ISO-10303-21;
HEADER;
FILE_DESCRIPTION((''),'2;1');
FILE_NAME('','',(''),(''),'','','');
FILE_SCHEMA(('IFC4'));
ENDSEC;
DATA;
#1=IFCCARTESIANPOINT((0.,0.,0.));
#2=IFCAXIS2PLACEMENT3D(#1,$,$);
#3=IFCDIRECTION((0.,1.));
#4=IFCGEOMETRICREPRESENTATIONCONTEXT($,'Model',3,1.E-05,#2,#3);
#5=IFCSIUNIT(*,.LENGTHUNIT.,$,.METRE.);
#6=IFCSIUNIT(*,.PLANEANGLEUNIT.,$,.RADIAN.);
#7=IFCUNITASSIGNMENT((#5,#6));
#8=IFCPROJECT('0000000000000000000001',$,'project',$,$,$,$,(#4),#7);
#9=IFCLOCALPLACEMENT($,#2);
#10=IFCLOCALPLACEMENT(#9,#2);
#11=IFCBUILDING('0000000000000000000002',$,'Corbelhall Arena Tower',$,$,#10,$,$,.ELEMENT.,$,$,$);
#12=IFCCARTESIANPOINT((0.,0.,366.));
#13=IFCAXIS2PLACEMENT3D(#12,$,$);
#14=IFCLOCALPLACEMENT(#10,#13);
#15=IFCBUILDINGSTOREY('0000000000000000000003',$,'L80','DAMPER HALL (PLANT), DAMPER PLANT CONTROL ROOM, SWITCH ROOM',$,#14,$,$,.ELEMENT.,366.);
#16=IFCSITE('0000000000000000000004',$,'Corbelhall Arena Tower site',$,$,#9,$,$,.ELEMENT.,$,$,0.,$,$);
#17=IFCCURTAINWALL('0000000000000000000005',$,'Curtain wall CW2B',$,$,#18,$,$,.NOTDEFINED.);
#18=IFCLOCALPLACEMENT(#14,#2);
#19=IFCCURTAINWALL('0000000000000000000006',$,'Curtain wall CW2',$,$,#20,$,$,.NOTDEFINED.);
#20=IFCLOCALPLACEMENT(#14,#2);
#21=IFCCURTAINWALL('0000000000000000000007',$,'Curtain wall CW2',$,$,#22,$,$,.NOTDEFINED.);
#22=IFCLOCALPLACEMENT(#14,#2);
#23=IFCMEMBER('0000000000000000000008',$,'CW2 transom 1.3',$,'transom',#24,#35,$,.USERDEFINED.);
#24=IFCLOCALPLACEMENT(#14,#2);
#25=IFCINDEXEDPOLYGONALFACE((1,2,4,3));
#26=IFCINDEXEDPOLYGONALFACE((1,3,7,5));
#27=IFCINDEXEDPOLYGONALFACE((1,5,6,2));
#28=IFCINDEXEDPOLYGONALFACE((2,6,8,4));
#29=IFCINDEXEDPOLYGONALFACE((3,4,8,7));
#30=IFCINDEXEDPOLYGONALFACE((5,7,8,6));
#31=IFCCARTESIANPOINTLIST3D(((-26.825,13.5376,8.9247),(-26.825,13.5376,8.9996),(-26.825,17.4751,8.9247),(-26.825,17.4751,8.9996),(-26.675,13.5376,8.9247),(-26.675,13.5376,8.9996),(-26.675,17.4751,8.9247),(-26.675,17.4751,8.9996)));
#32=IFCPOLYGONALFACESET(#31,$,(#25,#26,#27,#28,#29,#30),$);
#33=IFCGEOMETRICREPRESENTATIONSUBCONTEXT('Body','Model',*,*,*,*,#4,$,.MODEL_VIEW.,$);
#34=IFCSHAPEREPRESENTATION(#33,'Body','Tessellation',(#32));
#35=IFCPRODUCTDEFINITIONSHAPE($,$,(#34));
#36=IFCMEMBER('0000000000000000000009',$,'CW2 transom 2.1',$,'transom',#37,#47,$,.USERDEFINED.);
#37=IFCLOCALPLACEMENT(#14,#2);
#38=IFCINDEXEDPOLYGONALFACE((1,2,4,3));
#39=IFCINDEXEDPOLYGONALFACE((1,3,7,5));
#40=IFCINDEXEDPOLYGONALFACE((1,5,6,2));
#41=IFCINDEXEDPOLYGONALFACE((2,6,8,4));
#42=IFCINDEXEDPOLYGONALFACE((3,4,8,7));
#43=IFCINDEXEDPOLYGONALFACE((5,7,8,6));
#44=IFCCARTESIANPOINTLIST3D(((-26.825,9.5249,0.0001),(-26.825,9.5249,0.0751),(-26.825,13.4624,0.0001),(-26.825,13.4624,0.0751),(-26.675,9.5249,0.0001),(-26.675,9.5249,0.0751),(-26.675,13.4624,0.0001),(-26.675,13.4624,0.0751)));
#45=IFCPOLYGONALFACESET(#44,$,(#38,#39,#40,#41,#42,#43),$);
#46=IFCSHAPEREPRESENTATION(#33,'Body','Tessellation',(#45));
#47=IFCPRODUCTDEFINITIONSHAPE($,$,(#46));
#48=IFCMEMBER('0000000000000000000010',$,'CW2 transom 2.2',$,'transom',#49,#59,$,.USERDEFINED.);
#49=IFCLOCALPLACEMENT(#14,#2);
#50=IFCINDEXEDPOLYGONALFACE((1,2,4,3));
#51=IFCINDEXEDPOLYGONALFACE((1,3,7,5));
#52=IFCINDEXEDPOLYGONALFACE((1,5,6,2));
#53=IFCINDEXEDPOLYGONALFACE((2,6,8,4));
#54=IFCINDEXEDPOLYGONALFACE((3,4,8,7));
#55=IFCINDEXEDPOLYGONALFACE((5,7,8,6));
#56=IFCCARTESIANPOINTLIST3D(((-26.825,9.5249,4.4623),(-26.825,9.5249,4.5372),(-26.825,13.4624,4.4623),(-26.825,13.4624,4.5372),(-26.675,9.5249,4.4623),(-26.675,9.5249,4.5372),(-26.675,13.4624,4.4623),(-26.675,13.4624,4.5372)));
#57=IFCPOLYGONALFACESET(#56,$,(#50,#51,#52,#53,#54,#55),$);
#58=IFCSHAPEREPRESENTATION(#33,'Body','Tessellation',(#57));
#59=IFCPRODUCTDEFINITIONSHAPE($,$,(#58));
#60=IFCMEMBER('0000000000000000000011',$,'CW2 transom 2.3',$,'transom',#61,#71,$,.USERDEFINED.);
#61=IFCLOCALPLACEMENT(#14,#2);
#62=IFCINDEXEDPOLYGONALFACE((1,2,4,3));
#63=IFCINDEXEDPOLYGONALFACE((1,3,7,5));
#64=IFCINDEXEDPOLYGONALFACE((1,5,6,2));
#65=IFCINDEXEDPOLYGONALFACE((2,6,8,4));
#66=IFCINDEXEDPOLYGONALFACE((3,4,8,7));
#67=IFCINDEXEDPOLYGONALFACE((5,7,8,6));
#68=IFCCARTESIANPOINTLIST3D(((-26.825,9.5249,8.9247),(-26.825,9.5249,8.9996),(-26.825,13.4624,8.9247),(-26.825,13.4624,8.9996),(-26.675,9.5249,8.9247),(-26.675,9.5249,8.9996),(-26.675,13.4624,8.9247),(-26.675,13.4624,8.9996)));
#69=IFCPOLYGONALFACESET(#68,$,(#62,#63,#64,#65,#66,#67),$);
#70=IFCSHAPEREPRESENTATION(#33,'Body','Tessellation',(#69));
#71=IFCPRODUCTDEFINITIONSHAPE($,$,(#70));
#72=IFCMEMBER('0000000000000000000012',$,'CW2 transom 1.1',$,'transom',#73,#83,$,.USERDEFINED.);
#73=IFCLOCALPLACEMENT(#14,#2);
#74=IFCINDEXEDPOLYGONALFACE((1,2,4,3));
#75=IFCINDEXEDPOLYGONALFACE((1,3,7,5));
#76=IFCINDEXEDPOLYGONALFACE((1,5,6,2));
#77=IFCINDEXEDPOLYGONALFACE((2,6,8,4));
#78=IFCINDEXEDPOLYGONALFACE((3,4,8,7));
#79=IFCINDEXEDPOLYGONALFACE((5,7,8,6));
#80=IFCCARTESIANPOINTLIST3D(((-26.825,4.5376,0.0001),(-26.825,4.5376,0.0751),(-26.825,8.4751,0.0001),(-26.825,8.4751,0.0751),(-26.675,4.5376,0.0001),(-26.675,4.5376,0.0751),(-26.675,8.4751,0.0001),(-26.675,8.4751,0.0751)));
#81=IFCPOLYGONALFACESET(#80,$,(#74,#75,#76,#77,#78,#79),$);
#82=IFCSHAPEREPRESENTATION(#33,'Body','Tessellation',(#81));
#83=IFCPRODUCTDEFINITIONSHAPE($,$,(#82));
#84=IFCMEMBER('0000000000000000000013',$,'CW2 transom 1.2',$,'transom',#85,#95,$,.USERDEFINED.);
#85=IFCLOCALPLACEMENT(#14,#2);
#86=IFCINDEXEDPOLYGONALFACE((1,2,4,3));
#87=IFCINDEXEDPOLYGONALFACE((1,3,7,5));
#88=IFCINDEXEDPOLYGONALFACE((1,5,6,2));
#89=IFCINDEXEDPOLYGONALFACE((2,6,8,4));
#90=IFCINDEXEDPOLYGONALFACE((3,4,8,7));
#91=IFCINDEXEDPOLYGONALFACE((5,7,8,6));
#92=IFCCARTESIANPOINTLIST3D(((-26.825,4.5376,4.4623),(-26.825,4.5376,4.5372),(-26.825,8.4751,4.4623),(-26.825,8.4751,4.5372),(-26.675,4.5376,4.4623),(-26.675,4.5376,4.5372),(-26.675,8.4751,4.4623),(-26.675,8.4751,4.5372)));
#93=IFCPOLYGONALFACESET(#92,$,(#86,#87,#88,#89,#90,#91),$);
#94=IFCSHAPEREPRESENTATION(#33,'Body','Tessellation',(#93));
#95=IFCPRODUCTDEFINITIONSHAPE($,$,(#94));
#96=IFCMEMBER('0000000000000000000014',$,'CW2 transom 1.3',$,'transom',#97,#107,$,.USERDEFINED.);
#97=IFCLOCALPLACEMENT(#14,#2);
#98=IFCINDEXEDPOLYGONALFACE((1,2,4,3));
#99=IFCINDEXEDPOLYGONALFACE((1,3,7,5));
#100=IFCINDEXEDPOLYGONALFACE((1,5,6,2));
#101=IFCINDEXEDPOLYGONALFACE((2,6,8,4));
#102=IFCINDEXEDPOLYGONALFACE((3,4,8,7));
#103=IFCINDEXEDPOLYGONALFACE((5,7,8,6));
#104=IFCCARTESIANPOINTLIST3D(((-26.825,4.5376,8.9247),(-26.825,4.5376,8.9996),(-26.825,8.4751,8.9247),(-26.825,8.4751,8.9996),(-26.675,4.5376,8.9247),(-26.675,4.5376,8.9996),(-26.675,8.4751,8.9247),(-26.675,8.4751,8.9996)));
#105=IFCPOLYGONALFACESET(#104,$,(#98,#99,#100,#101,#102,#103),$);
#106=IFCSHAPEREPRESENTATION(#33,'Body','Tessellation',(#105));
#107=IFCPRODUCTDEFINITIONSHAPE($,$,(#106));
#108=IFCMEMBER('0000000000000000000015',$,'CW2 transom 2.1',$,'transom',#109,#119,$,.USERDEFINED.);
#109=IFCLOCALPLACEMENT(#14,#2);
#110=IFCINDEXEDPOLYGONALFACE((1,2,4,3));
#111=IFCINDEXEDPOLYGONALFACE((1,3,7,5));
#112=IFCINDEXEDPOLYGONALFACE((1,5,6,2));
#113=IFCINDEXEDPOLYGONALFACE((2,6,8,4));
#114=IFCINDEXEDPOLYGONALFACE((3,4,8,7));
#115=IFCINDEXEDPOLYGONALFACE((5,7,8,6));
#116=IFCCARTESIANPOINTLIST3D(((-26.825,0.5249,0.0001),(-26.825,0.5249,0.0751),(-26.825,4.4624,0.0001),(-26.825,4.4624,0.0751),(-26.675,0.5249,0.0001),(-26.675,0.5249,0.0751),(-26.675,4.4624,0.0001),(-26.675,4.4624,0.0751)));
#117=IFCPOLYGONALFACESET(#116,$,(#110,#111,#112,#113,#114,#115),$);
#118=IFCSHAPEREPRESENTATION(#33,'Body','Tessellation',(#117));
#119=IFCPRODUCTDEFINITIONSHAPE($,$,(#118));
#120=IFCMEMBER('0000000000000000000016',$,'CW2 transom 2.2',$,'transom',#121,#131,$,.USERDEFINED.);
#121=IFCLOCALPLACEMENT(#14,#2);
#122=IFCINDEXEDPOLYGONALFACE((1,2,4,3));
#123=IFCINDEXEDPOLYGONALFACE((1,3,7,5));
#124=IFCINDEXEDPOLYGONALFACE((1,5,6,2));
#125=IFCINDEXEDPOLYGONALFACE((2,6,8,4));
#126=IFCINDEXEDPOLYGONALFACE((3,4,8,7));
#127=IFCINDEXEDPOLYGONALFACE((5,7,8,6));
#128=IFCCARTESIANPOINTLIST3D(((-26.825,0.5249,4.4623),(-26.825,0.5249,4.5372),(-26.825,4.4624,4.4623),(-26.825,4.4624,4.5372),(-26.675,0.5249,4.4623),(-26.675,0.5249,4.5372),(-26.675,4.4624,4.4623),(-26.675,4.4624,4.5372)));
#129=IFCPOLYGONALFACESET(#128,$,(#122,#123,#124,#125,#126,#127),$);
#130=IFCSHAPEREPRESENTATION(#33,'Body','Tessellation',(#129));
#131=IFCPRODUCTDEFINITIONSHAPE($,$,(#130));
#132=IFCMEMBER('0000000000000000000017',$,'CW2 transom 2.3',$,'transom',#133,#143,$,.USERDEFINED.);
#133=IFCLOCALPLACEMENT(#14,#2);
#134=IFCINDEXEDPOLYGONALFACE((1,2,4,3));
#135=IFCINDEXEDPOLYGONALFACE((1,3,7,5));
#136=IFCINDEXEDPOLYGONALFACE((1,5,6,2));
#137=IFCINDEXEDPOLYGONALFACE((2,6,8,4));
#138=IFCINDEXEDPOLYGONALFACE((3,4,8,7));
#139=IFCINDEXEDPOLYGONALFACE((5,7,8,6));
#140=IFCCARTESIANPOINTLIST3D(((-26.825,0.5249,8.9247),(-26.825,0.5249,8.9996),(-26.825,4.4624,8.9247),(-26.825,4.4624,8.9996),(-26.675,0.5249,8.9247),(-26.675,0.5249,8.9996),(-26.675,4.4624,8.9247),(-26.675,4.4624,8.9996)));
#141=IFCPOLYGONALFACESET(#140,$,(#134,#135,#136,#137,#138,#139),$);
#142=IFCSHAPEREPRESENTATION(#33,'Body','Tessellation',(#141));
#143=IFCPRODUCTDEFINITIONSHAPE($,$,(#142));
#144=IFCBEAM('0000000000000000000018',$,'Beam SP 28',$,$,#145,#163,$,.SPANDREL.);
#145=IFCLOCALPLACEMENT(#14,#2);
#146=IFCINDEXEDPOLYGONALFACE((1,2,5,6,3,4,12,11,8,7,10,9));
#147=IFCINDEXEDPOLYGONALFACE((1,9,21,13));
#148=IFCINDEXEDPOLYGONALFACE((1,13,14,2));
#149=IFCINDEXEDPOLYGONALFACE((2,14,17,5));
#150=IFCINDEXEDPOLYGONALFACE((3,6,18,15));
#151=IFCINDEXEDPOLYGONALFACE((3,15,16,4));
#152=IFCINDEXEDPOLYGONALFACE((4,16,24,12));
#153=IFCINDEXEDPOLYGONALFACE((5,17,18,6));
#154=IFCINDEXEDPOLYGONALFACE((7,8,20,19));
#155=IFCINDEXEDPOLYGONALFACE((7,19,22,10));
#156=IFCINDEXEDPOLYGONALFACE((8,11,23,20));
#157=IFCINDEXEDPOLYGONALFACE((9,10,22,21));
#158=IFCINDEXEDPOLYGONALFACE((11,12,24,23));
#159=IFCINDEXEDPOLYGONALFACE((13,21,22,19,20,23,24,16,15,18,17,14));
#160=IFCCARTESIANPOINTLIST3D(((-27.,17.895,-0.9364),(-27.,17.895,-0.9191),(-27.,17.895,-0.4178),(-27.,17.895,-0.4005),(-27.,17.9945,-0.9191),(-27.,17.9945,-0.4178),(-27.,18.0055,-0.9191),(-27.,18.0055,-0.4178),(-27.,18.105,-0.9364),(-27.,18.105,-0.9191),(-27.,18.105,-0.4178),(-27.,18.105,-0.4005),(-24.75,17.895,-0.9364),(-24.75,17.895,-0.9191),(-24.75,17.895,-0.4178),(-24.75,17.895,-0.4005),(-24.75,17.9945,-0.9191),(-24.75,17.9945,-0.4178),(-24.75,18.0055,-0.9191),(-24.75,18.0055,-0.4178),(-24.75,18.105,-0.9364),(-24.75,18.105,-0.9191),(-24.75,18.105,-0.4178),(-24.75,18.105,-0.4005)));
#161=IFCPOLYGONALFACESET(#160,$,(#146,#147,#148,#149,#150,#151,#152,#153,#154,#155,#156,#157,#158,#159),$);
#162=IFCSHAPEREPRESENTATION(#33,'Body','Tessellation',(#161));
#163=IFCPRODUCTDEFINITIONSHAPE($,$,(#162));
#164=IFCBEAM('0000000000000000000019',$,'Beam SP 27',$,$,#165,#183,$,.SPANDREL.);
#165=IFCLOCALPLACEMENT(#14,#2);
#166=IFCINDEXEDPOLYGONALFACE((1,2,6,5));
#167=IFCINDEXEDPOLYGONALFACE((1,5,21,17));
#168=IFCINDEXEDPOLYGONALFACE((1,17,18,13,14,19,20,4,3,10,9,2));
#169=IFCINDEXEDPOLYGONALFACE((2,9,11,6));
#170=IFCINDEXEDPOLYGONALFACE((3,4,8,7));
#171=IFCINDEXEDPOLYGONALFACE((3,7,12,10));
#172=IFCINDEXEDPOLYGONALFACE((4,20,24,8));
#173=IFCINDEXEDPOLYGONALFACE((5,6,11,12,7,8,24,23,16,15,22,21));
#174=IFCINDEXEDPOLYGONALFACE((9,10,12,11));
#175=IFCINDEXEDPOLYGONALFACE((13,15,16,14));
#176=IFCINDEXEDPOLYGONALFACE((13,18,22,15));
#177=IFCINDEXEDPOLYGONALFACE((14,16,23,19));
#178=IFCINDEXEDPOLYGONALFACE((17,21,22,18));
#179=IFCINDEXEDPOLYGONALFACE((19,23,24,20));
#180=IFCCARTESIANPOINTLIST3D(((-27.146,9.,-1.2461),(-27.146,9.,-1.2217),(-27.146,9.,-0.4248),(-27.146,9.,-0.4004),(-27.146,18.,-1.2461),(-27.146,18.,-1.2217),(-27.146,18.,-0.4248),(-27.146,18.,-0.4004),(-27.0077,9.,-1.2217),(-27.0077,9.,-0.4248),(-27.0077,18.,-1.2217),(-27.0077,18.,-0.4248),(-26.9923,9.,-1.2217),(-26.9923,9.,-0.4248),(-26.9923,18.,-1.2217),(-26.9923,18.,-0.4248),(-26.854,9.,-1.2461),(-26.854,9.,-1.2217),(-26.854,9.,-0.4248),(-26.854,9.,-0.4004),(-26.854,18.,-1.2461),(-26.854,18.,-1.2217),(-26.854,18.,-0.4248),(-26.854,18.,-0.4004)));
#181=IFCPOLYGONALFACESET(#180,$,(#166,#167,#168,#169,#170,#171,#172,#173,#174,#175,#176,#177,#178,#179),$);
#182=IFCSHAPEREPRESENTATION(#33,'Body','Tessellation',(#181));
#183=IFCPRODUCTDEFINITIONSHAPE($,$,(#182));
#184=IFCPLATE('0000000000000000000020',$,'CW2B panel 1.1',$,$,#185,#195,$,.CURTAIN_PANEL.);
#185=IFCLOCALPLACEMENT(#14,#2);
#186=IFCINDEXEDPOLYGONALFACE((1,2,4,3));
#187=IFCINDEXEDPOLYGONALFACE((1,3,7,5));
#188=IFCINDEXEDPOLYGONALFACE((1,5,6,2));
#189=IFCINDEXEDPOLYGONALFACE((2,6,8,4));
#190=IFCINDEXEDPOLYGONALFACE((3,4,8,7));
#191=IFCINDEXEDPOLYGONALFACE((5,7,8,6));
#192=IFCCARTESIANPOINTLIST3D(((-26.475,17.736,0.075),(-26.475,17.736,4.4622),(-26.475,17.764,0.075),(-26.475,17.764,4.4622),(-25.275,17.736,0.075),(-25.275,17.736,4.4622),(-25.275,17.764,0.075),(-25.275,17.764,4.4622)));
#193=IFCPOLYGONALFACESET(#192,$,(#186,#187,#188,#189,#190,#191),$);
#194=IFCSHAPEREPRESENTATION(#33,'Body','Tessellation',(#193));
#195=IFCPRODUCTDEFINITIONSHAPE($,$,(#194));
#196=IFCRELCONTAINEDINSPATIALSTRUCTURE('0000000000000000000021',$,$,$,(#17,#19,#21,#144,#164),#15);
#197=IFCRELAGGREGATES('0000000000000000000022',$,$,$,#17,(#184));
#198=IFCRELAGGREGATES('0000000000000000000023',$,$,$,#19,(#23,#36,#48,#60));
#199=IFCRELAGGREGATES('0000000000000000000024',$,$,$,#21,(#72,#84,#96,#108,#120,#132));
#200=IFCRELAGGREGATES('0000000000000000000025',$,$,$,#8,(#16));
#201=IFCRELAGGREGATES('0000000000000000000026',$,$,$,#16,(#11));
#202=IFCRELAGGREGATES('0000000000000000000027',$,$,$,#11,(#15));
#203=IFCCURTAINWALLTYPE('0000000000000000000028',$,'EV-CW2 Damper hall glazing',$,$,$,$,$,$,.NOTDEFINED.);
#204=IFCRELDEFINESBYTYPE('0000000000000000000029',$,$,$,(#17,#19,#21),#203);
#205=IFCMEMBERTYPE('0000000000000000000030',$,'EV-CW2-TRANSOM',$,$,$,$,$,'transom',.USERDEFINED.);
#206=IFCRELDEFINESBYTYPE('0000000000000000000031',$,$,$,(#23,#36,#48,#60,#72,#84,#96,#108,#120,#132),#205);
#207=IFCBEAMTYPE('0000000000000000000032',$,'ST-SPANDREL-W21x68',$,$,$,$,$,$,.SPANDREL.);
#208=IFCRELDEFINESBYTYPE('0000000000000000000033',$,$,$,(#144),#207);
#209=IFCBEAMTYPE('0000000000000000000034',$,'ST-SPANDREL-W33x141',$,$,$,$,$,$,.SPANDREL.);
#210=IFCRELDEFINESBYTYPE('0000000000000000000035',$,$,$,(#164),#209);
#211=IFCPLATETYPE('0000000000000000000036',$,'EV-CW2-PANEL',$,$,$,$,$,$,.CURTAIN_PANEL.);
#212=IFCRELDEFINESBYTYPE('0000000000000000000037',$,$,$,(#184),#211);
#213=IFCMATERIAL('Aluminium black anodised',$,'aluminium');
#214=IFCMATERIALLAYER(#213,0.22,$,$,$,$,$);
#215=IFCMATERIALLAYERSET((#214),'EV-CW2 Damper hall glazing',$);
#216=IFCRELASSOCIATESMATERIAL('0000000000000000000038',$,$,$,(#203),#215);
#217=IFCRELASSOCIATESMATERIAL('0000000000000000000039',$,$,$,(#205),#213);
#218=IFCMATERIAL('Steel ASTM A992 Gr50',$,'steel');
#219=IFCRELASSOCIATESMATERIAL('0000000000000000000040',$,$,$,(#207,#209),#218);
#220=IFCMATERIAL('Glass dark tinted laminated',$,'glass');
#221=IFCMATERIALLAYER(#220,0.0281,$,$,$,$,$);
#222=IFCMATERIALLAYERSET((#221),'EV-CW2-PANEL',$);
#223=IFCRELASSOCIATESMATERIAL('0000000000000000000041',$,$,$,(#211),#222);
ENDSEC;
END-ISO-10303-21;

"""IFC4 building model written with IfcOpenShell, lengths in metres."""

from ifc_helpers import new_model, si_unit, direction, frame, origin, origin_2d, place, context, subcontext, project, spatial, rectangle, i_section, extrude, material, layer, layer_set, material_profile, profile_set, type_object, element, aggregate, save


model = new_model("IFC4")

# Units and contexts
model_context = context("Model", 3, precision=1e-05, world=origin(), true_north=direction((0.0, 1.0)))
body_context = subcontext(model_context, "Body", "Model", "MODEL_VIEW")
ifc_project = project(units=[si_unit("LENGTHUNIT", "METRE"), si_unit("PLANEANGLEUNIT", "RADIAN")], contexts=[model_context])

# Site, building, storey
site_placement = place(None, origin())
site = spatial("IfcSite", under=ifc_project, at=site_placement, Name="Corbelhall Arena Tower site", CompositionType="ELEMENT", RefElevation=0.0)
building_placement = place(site_placement, origin())
building = spatial("IfcBuilding", under=site, at=building_placement, Name="Corbelhall Arena Tower", CompositionType="ELEMENT")
storey_placement = place(building_placement, frame((0.0, 0.0, 366.0)))
storey = spatial("IfcBuildingStorey", under=building, at=storey_placement, Name="L80", Description="DAMPER HALL (PLANT), DAMPER PLANT CONTROL ROOM, SWITCH ROOM", CompositionType="ELEMENT", Elevation=366.0)

# Curtain walls
ifc_material_1 = material(Name="Aluminium black anodised", Category="aluminium")
ifc_layer_1 = layer(ifc_material_1, 0.22)
ifc_layer_set_1 = layer_set([ifc_layer_1], Name="EV-CW2 Damper hall glazing")
curtain_wall_type = type_object("IfcCurtainWallType", Name="EV-CW2 Damper hall glazing", PredefinedType="NOTDEFINED", material=ifc_layer_set_1)
curtain_wall_1_placement = place(storey_placement, origin())
curtain_wall_1 = element("IfcCurtainWall", 1, at=curtain_wall_1_placement, inside=storey, type_object=curtain_wall_type, Name="Curtain wall CW2B", PredefinedType="NOTDEFINED")
curtain_wall_2_placement = place(storey_placement, origin())
curtain_wall_2 = element("IfcCurtainWall", 2, at=curtain_wall_2_placement, inside=storey, type_object=curtain_wall_type, Name="Curtain wall CW2", PredefinedType="NOTDEFINED")
curtain_wall_3_placement = place(storey_placement, origin())
curtain_wall_3 = element("IfcCurtainWall", 3, at=curtain_wall_3_placement, inside=storey, type_object=curtain_wall_type, Name="Curtain wall CW2", PredefinedType="NOTDEFINED")

# Members
ifc_material_profile_1 = material_profile(ifc_material_1, rectangle(XDim=0.1499, YDim=0.075, at=origin_2d()))
ifc_profile_set_1 = profile_set([ifc_material_profile_1], Name="Aluminium black anodised")
member_type_1 = type_object("IfcMemberType", Name="EV-CW2-TRANSOM", ElementType="transom", PredefinedType="USERDEFINED", material=ifc_profile_set_1)
member_1_placement = place(storey_placement, frame((-26.75, 17.4751, 8.9622), z_axis=(0.0, -1.0, 0.0), x_axis=(1.0, 0.0, 0.0)))
member_1 = element("IfcMember", 4, at=member_1_placement, type_object=member_type_1, Name="CW2 transom 1.3", ObjectType="transom", PredefinedType="USERDEFINED", context=body_context, shape_type="SweptSolid", body=[
    extrude(rectangle(XDim=0.1499, YDim=0.075, at=origin_2d()), origin(), (0.0, 0.0, 1.0), 3.9375),
])
member_2_placement = place(storey_placement, frame((-26.75, 13.4624, 0.0376), z_axis=(0.0, -1.0, 0.0), x_axis=(1.0, 0.0, 0.0)))
member_2 = element("IfcMember", 5, at=member_2_placement, type_object=member_type_1, Name="CW2 transom 2.1", ObjectType="transom", PredefinedType="USERDEFINED", context=body_context, shape_type="SweptSolid", body=[
    extrude(rectangle(XDim=0.1499, YDim=0.075, at=origin_2d()), origin(), (0.0, 0.0, 1.0), 3.9375),
])
member_3_placement = place(storey_placement, frame((-26.75, 13.4624, 4.4998), z_axis=(0.0, -1.0, 0.0), x_axis=(1.0, 0.0, 0.0)))
member_3 = element("IfcMember", 6, at=member_3_placement, type_object=member_type_1, Name="CW2 transom 2.2", ObjectType="transom", PredefinedType="USERDEFINED", context=body_context, shape_type="SweptSolid", body=[
    extrude(rectangle(XDim=0.1499, YDim=0.075, at=origin_2d()), origin(), (0.0, 0.0, 1.0), 3.9375),
])
member_4_placement = place(storey_placement, frame((-26.75, 13.4624, 8.9622), z_axis=(0.0, -1.0, 0.0), x_axis=(1.0, 0.0, 0.0)))
member_4 = element("IfcMember", 7, at=member_4_placement, type_object=member_type_1, Name="CW2 transom 2.3", ObjectType="transom", PredefinedType="USERDEFINED", context=body_context, shape_type="SweptSolid", body=[
    extrude(rectangle(XDim=0.1499, YDim=0.075, at=origin_2d()), origin(), (0.0, 0.0, 1.0), 3.9375),
])
member_5_placement = place(storey_placement, frame((-26.75, 8.4751, 0.0376), z_axis=(0.0, -1.0, 0.0), x_axis=(1.0, 0.0, 0.0)))
member_5 = element("IfcMember", 8, at=member_5_placement, type_object=member_type_1, Name="CW2 transom 1.1", ObjectType="transom", PredefinedType="USERDEFINED", context=body_context, shape_type="SweptSolid", body=[
    extrude(rectangle(XDim=0.1499, YDim=0.075, at=origin_2d()), origin(), (0.0, 0.0, 1.0), 3.9375),
])
member_6_placement = place(storey_placement, frame((-26.75, 8.4751, 4.4998), z_axis=(0.0, -1.0, 0.0), x_axis=(1.0, 0.0, 0.0)))
member_6 = element("IfcMember", 9, at=member_6_placement, type_object=member_type_1, Name="CW2 transom 1.2", ObjectType="transom", PredefinedType="USERDEFINED", context=body_context, shape_type="SweptSolid", body=[
    extrude(rectangle(XDim=0.1499, YDim=0.075, at=origin_2d()), origin(), (0.0, 0.0, 1.0), 3.9375),
])
member_7_placement = place(storey_placement, frame((-26.75, 8.4751, 8.9622), z_axis=(0.0, -1.0, 0.0), x_axis=(1.0, 0.0, 0.0)))
member_7 = element("IfcMember", 10, at=member_7_placement, type_object=member_type_1, Name="CW2 transom 1.3", ObjectType="transom", PredefinedType="USERDEFINED", context=body_context, shape_type="SweptSolid", body=[
    extrude(rectangle(XDim=0.1499, YDim=0.075, at=origin_2d()), origin(), (0.0, 0.0, 1.0), 3.9375),
])
member_8_placement = place(storey_placement, frame((-26.75, 4.4624, 0.0376), z_axis=(0.0, -1.0, 0.0), x_axis=(1.0, 0.0, 0.0)))
member_8 = element("IfcMember", 11, at=member_8_placement, type_object=member_type_1, Name="CW2 transom 2.1", ObjectType="transom", PredefinedType="USERDEFINED", context=body_context, shape_type="SweptSolid", body=[
    extrude(rectangle(XDim=0.1499, YDim=0.075, at=origin_2d()), origin(), (0.0, 0.0, 1.0), 3.9375),
])
member_9_placement = place(storey_placement, frame((-26.75, 4.4624, 4.4998), z_axis=(0.0, -1.0, 0.0), x_axis=(1.0, 0.0, 0.0)))
member_9 = element("IfcMember", 12, at=member_9_placement, type_object=member_type_1, Name="CW2 transom 2.2", ObjectType="transom", PredefinedType="USERDEFINED", context=body_context, shape_type="SweptSolid", body=[
    extrude(rectangle(XDim=0.1499, YDim=0.075, at=origin_2d()), origin(), (0.0, 0.0, 1.0), 3.9375),
])
member_10_placement = place(storey_placement, frame((-26.75, 4.4624, 8.9622), z_axis=(0.0, -1.0, 0.0), x_axis=(1.0, 0.0, 0.0)))
member_10 = element("IfcMember", 13, at=member_10_placement, type_object=member_type_1, Name="CW2 transom 2.3", ObjectType="transom", PredefinedType="USERDEFINED", context=body_context, shape_type="SweptSolid", body=[
    extrude(rectangle(XDim=0.1499, YDim=0.075, at=origin_2d()), origin(), (0.0, 0.0, 1.0), 3.9375),
])

# Beams
ifc_material_2 = material(Name="Steel ASTM A992 Gr50", Category="steel")
ifc_material_profile_2 = material_profile(ifc_material_2, i_section(OverallWidth=0.21, OverallDepth=0.5359, WebThickness=0.011, FlangeThickness=0.0173, at=origin_2d()))
ifc_profile_set_2 = profile_set([ifc_material_profile_2], Name="Steel ASTM A992 Gr50")
beam_type_1 = type_object("IfcBeamType", Name="ST-SPANDREL-W21x68", PredefinedType="SPANDREL", material=ifc_profile_set_2)
beam_1_placement = place(storey_placement, frame((-27.0, 18.0, -0.6685), z_axis=(1.0, 0.0, 0.0), x_axis=(0.0, 1.0, 0.0)))
element("IfcBeam", 14, at=beam_1_placement, inside=storey, type_object=beam_type_1, Name="Beam SP 28", PredefinedType="SPANDREL", context=body_context, shape_type="SweptSolid", body=[
    extrude(i_section(OverallWidth=0.21, OverallDepth=0.5359, WebThickness=0.011, FlangeThickness=0.0173, at=origin_2d()), origin(), (0.0, 0.0, 1.0), 2.25),
])
ifc_material_profile_3 = material_profile(ifc_material_2, i_section(OverallWidth=0.292, OverallDepth=0.8457, WebThickness=0.0154, FlangeThickness=0.0244, at=origin_2d()))
ifc_profile_set_3 = profile_set([ifc_material_profile_3], Name="Steel ASTM A992 Gr50")
beam_type_2 = type_object("IfcBeamType", Name="ST-SPANDREL-W33x141", PredefinedType="SPANDREL", material=ifc_profile_set_3)
beam_2_placement = place(storey_placement, frame((-27.0, 9.0, -0.8232), z_axis=(0.0, 1.0, 0.0), x_axis=(-1.0, 0.0, 0.0)))
element("IfcBeam", 15, at=beam_2_placement, inside=storey, type_object=beam_type_2, Name="Beam SP 27", PredefinedType="SPANDREL", context=body_context, shape_type="SweptSolid", body=[
    extrude(i_section(OverallWidth=0.292, OverallDepth=0.8457, WebThickness=0.0154, FlangeThickness=0.0244, at=origin_2d()), origin(), (0.0, 0.0, 1.0), 9.0),
])

# Plate
ifc_material_3 = material(Name="Glass dark tinted laminated", Category="glass")
ifc_layer_2 = layer(ifc_material_3, 0.0281)
ifc_layer_set_2 = layer_set([ifc_layer_2], Name="EV-CW2-PANEL")
plate_type = type_object("IfcPlateType", Name="EV-CW2-PANEL", PredefinedType="CURTAIN_PANEL", material=ifc_layer_set_2)
plate_1_placement = place(storey_placement, frame((-25.875, 17.75, 0.075), z_axis=(0.0, 0.0, 1.0), x_axis=(-1.0, 0.0, 0.0)))
plate_1 = element("IfcPlate", 16, at=plate_1_placement, type_object=plate_type, Name="CW2B panel 1.1", PredefinedType="CURTAIN_PANEL", context=body_context, shape_type="SweptSolid", body=[
    extrude(rectangle(XDim=1.2, YDim=0.0281, at=origin_2d()), origin(), (0.0, 0.0, 1.0), 4.3872),
])
aggregate(curtain_wall_1, [plate_1])
aggregate(curtain_wall_2, [member_1, member_2, member_3, member_4])
aggregate(curtain_wall_3, [member_5, member_6, member_7, member_8, member_9, member_10])

save(model, "model.ifc")
